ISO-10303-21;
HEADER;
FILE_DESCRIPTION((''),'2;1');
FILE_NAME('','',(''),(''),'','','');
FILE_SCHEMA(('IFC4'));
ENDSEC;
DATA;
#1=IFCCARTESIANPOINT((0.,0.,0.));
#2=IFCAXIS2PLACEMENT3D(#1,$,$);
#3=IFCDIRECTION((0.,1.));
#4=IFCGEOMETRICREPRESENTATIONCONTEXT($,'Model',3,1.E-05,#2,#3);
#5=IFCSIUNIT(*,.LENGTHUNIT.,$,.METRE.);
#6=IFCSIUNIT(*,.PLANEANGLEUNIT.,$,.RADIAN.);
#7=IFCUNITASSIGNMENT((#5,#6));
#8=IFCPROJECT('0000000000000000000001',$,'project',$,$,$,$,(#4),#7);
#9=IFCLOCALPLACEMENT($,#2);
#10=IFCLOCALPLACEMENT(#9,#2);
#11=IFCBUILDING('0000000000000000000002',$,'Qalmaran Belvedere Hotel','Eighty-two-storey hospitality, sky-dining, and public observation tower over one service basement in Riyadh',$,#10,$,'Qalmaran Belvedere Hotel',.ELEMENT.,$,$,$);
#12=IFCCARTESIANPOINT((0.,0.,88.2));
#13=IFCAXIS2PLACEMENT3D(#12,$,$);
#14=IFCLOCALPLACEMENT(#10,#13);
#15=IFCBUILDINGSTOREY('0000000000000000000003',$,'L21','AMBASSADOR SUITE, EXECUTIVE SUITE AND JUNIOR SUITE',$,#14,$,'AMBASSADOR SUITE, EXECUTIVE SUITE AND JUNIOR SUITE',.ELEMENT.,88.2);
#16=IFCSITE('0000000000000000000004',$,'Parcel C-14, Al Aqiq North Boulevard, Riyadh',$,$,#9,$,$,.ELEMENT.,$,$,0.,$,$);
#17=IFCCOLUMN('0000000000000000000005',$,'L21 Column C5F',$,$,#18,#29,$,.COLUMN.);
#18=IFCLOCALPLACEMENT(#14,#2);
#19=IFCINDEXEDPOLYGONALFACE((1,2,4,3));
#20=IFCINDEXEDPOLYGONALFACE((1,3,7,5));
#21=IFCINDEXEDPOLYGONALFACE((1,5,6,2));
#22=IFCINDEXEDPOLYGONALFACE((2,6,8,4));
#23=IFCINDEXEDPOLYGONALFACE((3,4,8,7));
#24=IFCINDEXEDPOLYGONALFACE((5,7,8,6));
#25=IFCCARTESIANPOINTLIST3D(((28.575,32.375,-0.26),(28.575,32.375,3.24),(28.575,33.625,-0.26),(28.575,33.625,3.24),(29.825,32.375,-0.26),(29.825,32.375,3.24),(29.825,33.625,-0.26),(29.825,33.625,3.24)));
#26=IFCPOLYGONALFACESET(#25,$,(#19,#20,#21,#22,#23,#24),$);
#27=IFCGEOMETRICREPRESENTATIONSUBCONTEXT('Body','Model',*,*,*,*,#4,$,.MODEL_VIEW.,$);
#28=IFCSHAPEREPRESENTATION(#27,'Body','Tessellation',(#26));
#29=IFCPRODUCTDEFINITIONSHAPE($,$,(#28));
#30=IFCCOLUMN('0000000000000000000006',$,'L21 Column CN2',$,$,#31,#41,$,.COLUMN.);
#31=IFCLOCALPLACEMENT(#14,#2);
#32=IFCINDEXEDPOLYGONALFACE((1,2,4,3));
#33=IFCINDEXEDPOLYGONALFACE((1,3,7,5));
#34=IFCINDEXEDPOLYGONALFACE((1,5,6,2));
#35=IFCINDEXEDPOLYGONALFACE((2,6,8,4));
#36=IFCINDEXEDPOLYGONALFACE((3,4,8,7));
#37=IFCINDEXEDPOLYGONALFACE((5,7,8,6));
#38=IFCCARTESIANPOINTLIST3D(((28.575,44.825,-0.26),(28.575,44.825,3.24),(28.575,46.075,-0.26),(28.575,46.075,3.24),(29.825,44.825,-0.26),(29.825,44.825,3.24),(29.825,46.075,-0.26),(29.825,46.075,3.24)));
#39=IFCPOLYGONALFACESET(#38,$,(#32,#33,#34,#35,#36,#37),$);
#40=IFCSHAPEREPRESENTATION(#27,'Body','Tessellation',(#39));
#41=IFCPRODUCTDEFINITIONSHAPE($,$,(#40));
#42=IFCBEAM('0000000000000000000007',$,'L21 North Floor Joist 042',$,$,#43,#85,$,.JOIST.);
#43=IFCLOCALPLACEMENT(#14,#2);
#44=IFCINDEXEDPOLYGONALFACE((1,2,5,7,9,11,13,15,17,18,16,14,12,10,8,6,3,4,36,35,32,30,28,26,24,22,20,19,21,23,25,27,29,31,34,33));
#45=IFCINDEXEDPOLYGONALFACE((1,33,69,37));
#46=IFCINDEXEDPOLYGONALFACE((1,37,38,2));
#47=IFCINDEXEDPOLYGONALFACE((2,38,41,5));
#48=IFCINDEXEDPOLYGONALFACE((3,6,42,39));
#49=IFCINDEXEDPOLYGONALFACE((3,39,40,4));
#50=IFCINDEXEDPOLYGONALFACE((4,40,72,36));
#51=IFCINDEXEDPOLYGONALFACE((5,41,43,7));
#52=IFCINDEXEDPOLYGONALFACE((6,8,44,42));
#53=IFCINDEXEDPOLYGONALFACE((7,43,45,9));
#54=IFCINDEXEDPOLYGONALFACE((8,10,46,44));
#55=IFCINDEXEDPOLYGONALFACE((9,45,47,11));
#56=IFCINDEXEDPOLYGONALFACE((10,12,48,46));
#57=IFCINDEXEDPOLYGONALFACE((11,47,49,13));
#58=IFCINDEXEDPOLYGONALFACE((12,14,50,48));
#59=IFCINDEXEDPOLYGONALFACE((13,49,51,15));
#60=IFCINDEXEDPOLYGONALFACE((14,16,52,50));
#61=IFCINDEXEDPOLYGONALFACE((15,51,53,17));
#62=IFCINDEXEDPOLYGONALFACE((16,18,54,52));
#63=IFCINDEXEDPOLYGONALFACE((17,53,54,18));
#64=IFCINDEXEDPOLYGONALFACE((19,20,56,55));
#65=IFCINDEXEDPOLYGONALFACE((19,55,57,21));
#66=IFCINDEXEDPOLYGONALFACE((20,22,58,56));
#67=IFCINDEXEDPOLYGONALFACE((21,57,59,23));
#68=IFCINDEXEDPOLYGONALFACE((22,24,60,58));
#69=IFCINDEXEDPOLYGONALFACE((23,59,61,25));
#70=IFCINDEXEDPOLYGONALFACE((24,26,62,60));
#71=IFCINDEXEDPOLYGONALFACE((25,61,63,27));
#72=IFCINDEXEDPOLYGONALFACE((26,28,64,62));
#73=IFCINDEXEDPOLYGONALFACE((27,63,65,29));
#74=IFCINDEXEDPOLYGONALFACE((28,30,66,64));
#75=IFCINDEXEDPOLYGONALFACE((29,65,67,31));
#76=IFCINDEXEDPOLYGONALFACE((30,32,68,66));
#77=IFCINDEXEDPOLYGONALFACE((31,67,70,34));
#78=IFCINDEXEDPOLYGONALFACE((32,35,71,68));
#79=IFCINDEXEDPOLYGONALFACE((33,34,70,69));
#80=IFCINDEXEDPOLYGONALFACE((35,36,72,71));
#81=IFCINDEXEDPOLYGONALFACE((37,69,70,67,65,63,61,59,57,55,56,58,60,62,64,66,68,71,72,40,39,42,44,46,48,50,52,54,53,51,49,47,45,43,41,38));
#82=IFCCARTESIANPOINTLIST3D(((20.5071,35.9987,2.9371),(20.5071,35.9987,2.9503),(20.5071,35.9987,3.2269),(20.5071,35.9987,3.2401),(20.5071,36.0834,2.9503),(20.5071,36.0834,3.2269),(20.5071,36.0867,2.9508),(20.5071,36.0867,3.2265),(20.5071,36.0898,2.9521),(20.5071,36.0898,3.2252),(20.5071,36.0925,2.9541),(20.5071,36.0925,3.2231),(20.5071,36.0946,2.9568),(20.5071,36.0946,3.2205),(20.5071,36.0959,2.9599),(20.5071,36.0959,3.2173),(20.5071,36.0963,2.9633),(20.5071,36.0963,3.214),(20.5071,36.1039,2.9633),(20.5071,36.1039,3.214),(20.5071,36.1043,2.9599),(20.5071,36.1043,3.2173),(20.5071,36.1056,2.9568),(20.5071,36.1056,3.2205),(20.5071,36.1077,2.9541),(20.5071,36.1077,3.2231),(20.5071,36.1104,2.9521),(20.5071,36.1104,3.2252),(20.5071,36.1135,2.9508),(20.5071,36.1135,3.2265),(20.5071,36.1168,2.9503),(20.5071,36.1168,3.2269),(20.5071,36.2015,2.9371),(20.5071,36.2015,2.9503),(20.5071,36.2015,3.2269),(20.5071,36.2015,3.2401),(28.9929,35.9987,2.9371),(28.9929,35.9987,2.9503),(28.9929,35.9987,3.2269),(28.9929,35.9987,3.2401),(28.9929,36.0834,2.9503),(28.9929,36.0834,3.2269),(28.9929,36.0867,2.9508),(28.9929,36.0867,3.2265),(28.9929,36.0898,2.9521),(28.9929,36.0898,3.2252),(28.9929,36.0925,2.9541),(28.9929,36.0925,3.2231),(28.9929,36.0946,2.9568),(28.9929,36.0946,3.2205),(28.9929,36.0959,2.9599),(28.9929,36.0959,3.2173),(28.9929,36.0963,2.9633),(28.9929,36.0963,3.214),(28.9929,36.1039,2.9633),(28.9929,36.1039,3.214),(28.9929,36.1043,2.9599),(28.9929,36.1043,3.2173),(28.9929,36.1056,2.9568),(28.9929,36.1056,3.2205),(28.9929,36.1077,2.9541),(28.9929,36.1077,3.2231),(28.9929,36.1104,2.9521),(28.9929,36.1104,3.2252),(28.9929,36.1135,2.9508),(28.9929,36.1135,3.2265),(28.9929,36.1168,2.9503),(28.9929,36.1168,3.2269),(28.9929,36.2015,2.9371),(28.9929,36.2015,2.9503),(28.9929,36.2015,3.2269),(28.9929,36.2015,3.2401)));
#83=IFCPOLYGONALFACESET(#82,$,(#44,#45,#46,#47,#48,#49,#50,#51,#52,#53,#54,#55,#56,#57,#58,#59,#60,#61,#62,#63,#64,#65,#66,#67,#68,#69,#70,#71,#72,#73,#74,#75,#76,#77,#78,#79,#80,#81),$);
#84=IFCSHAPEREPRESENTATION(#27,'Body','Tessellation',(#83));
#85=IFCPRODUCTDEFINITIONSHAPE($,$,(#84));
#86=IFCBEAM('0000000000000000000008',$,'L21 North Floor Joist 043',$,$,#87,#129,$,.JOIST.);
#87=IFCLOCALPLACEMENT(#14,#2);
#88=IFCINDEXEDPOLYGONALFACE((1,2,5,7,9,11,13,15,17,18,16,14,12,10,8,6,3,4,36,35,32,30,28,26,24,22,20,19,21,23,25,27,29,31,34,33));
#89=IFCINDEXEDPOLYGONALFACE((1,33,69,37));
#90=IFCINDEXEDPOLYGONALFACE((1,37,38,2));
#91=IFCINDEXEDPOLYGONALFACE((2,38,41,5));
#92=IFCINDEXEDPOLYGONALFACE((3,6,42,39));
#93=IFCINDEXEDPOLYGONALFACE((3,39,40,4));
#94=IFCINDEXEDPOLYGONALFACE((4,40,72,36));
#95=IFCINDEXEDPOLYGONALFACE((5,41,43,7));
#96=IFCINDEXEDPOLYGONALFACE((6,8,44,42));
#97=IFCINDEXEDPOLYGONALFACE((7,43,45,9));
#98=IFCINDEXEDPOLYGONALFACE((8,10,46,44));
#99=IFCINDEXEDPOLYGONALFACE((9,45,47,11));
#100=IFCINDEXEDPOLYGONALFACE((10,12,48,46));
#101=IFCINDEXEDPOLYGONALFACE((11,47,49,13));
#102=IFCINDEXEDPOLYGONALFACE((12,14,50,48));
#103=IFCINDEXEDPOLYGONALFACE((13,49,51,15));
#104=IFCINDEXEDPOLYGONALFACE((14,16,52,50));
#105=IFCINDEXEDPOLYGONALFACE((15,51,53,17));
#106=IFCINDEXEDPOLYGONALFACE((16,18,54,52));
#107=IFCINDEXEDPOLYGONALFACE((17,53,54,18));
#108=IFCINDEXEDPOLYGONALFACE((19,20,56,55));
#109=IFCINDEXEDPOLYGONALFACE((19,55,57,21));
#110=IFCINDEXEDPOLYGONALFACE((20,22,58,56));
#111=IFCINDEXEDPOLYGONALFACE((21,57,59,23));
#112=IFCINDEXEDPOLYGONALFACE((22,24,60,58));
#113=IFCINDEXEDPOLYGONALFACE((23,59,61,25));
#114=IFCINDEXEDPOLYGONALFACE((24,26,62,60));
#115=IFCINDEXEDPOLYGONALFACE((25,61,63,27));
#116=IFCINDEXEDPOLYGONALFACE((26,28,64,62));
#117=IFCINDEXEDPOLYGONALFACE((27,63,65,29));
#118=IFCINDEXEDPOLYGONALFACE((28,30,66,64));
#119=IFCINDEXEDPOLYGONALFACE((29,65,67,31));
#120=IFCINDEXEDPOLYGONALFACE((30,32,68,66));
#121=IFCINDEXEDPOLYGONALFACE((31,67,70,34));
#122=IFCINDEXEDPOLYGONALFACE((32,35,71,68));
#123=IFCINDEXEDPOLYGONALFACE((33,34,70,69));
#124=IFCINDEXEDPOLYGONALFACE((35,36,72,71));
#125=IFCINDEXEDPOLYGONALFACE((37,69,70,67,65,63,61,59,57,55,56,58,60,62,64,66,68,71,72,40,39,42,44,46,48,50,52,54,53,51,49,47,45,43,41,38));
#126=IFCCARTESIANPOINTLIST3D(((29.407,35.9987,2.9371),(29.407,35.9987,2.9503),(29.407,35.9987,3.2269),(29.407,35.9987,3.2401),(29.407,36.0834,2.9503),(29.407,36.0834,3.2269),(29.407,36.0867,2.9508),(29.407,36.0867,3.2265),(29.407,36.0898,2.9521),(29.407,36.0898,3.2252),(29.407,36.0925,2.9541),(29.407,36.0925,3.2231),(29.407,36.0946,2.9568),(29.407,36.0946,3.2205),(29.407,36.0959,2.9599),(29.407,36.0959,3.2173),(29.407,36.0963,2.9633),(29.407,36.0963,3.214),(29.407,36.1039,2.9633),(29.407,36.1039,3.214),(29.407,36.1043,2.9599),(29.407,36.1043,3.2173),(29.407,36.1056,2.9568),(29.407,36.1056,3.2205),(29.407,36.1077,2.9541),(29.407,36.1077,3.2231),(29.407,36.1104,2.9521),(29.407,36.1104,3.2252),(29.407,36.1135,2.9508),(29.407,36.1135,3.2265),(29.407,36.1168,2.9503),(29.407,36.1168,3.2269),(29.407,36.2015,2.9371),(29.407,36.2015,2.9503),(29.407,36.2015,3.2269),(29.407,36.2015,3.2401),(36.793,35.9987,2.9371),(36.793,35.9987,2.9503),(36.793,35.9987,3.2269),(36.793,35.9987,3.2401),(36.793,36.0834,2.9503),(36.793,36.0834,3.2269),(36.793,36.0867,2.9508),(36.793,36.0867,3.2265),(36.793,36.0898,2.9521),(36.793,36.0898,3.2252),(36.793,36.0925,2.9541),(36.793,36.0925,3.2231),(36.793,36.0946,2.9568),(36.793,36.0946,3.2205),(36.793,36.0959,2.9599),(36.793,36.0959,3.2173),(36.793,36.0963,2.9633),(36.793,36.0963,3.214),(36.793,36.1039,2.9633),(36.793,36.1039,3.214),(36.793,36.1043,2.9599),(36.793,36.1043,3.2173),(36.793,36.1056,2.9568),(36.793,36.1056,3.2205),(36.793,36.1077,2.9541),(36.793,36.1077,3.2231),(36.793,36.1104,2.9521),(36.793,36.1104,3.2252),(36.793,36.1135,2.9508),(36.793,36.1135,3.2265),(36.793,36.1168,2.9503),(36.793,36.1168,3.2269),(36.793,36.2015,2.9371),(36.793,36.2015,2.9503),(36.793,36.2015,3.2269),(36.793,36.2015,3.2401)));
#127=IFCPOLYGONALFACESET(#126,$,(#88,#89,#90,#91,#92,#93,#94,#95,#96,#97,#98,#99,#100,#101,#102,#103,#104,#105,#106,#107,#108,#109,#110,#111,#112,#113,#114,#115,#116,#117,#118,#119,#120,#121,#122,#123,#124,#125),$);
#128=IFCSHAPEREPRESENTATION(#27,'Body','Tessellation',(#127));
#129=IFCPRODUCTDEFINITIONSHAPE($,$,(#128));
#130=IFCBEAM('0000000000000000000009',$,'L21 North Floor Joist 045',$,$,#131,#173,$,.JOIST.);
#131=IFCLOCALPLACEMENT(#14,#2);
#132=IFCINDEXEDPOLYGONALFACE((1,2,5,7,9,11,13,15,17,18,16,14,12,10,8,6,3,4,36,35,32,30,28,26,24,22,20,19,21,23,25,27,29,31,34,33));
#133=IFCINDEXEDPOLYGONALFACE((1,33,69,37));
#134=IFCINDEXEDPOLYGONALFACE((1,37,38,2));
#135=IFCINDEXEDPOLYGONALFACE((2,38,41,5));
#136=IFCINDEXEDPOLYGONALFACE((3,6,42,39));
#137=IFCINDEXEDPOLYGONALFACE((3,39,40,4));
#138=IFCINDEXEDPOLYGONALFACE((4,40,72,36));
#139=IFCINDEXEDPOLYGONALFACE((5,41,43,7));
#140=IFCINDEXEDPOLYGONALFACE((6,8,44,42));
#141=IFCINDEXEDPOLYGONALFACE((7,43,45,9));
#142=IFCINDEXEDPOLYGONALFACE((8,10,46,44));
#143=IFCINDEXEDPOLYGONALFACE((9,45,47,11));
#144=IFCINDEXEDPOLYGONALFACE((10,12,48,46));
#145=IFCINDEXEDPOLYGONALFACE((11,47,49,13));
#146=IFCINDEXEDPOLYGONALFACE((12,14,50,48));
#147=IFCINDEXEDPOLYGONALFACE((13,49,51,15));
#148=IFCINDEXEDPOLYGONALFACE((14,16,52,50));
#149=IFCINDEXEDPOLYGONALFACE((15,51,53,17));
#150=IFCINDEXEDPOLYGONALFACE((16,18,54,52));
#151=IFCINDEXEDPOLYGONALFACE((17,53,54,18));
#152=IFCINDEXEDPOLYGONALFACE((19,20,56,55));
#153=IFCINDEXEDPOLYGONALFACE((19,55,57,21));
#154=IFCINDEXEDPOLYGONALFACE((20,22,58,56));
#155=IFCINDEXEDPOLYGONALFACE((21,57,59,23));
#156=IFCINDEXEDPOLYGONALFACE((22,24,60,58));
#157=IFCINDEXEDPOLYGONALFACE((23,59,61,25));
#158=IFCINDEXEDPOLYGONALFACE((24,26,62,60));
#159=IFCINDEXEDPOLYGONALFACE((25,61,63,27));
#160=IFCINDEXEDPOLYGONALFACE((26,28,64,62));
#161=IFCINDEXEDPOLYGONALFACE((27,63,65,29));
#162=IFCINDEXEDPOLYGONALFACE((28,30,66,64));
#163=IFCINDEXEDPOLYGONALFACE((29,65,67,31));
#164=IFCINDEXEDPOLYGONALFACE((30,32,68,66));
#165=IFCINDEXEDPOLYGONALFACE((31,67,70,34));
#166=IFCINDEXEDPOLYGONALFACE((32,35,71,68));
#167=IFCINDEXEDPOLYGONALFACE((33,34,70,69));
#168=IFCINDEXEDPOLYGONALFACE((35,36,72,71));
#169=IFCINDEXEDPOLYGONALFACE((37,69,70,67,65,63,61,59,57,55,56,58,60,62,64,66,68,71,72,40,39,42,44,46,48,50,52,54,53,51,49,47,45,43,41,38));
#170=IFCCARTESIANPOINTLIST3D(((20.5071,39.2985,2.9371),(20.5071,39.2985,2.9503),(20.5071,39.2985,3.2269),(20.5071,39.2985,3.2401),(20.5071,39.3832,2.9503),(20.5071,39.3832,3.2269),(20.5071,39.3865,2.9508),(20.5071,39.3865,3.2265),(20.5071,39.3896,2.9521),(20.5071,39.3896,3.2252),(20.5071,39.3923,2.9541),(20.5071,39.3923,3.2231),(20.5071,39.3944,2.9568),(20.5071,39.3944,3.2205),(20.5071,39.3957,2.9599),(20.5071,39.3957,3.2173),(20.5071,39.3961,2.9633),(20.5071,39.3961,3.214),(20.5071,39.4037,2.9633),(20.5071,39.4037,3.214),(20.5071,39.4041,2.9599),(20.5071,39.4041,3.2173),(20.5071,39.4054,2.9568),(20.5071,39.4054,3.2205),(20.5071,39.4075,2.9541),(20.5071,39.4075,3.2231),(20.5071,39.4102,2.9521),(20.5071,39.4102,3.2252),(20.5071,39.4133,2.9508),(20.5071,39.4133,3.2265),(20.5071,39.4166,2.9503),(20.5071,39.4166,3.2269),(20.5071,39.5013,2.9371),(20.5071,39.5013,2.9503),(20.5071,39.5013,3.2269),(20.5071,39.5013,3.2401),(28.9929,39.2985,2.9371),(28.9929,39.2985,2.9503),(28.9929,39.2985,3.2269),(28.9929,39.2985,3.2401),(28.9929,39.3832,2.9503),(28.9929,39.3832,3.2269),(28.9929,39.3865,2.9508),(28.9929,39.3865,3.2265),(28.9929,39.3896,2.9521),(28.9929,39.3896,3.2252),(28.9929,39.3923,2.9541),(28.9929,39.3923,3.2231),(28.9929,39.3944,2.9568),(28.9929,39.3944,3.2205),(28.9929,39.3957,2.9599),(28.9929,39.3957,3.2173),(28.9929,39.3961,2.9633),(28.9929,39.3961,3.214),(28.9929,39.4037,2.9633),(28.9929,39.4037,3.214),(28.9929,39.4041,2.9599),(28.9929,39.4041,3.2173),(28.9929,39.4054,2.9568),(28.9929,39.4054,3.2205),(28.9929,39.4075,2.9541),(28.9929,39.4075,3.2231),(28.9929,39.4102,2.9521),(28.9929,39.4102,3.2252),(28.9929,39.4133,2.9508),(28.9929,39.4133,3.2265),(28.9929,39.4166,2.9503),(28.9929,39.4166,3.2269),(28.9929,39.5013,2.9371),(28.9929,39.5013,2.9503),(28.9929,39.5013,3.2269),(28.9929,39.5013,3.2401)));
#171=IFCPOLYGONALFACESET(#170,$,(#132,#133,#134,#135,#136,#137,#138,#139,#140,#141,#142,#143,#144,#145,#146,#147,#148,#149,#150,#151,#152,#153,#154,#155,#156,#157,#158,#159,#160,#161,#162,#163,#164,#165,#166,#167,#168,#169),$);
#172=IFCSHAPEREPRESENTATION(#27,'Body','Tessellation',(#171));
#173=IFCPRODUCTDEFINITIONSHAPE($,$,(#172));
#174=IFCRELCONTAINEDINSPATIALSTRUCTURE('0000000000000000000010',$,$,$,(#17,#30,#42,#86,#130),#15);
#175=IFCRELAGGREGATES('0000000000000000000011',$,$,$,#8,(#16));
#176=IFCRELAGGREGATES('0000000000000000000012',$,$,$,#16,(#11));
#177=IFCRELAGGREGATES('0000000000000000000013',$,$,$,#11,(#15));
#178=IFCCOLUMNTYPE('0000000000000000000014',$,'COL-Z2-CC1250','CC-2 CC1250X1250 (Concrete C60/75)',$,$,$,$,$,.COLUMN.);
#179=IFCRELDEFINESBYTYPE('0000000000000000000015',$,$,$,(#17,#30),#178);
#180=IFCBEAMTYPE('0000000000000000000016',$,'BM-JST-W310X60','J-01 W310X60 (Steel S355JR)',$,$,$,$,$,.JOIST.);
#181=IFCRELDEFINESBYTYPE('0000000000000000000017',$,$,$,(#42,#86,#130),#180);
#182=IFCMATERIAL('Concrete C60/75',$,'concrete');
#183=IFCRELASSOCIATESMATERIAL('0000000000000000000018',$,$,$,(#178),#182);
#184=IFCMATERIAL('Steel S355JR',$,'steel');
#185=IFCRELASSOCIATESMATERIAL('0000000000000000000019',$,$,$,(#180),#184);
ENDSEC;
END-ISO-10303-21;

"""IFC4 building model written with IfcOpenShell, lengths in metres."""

from ifc_helpers import new_model, si_unit, direction, frame, origin, origin_2d, place, context, subcontext, project, spatial, rectangle, i_section, extrude, material, material_profile, profile_set, type_object, element, save


model = new_model("IFC4")

# Units and contexts
model_context = context("Model", 3, precision=1e-05, world=origin(), true_north=direction((0.0, 1.0)))
body_context = subcontext(model_context, "Body", "Model", "MODEL_VIEW")
ifc_project = project(units=[si_unit("LENGTHUNIT", "METRE"), si_unit("PLANEANGLEUNIT", "RADIAN")], contexts=[model_context])

# Site, building, storey
site_placement = place(None, origin())
site = spatial("IfcSite", under=ifc_project, at=site_placement, Name="Parcel C-14, Al Aqiq North Boulevard, Riyadh", CompositionType="ELEMENT", RefElevation=0.0)
building_placement = place(site_placement, origin())
building = spatial("IfcBuilding", under=site, at=building_placement, Name="Qalmaran Belvedere Hotel", Description="Eighty-two-storey hospitality, sky-dining, and public observation tower over one service basement in Riyadh", LongName="Qalmaran Belvedere Hotel", CompositionType="ELEMENT")
storey_placement = place(building_placement, frame((0.0, 0.0, 88.2)))
storey = spatial("IfcBuildingStorey", under=building, at=storey_placement, Name="L21", Description="AMBASSADOR SUITE, EXECUTIVE SUITE AND JUNIOR SUITE", LongName="AMBASSADOR SUITE, EXECUTIVE SUITE AND JUNIOR SUITE", CompositionType="ELEMENT", Elevation=88.2)

# Columns
ifc_material_1 = material(Name="Concrete C60/75", Category="concrete")
ifc_material_profile_1 = material_profile(ifc_material_1, rectangle(XDim=1.25, YDim=1.25, at=origin_2d()), Name="CC1250X1250")
ifc_profile_set_1 = profile_set([ifc_material_profile_1], Name="Concrete C60/75")
column_type = type_object("IfcColumnType", Name="COL-Z2-CC1250", Description="CC-2 CC1250X1250 (Concrete C60/75)", PredefinedType="COLUMN", material=ifc_profile_set_1)
for number, where, z_axis, x_axis, name in (
    (1, (29.2, 33.0, -0.26), (0.0, 0.0, 1.0), (1.0, 0.0, 0.0), "L21 Column C5F"),
    (2, (29.2, 45.45, -0.26), (0.0, 0.0, 1.0), (1.0, 0.0, 0.0), "L21 Column CN2"),
):
    element("IfcColumn", number, at=place(storey_placement, frame(where, z_axis=z_axis, x_axis=x_axis)), inside=storey, type_object=column_type, Name=name, PredefinedType="COLUMN", context=body_context, shape_type="SweptSolid", body=[
        extrude(rectangle(XDim=1.25, YDim=1.25, at=origin_2d()), origin(), (0.0, 0.0, 1.0), 3.5),
    ])

# Beams
ifc_material_2 = material(Name="Steel S355JR", Category="steel")
ifc_material_profile_2 = material_profile(ifc_material_2, i_section(OverallWidth=0.2029, OverallDepth=0.303, WebThickness=0.0076, FlangeThickness=0.0132, FilletRadius=0.0129, at=origin_2d()), Name="W310X60")
ifc_profile_set_2 = profile_set([ifc_material_profile_2], Name="Steel S355JR")
beam_type_1 = type_object("IfcBeamType", Name="BM-JST-W310X60", Description="J-01 W310X60 (Steel S355JR)", PredefinedType="JOIST", material=ifc_profile_set_2)
beam_1_placement = place(storey_placement, frame((20.5071, 36.1001, 3.0886), z_axis=(1.0, 0.0, 0.0), x_axis=(0.0, 1.0, 0.0)))
element("IfcBeam", 3, at=beam_1_placement, inside=storey, type_object=beam_type_1, Name="L21 North Floor Joist 042", PredefinedType="JOIST", context=body_context, shape_type="SweptSolid", body=[
    extrude(i_section(OverallWidth=0.2029, OverallDepth=0.303, WebThickness=0.0076, FlangeThickness=0.0132, FilletRadius=0.0129, at=origin_2d()), origin(), (0.0, 0.0, 1.0), 8.4858),
])
beam_2_placement = place(storey_placement, frame((29.407, 36.1001, 3.0886), z_axis=(1.0, 0.0, 0.0), x_axis=(0.0, 1.0, 0.0)))
element("IfcBeam", 4, at=beam_2_placement, inside=storey, type_object=beam_type_1, Name="L21 North Floor Joist 043", PredefinedType="JOIST", context=body_context, shape_type="SweptSolid", body=[
    extrude(i_section(OverallWidth=0.2029, OverallDepth=0.303, WebThickness=0.0076, FlangeThickness=0.0132, FilletRadius=0.0129, at=origin_2d()), origin(), (0.0, 0.0, 1.0), 7.386),
])
beam_3_placement = place(storey_placement, frame((20.5071, 39.3999, 3.0886), z_axis=(1.0, 0.0, 0.0), x_axis=(0.0, 1.0, 0.0)))
element("IfcBeam", 5, at=beam_3_placement, inside=storey, type_object=beam_type_1, Name="L21 North Floor Joist 045", PredefinedType="JOIST", context=body_context, shape_type="SweptSolid", body=[
    extrude(i_section(OverallWidth=0.2029, OverallDepth=0.303, WebThickness=0.0076, FlangeThickness=0.0132, FilletRadius=0.0129, at=origin_2d()), origin(), (0.0, 0.0, 1.0), 8.4858),
])

save(model, "model.ifc")
